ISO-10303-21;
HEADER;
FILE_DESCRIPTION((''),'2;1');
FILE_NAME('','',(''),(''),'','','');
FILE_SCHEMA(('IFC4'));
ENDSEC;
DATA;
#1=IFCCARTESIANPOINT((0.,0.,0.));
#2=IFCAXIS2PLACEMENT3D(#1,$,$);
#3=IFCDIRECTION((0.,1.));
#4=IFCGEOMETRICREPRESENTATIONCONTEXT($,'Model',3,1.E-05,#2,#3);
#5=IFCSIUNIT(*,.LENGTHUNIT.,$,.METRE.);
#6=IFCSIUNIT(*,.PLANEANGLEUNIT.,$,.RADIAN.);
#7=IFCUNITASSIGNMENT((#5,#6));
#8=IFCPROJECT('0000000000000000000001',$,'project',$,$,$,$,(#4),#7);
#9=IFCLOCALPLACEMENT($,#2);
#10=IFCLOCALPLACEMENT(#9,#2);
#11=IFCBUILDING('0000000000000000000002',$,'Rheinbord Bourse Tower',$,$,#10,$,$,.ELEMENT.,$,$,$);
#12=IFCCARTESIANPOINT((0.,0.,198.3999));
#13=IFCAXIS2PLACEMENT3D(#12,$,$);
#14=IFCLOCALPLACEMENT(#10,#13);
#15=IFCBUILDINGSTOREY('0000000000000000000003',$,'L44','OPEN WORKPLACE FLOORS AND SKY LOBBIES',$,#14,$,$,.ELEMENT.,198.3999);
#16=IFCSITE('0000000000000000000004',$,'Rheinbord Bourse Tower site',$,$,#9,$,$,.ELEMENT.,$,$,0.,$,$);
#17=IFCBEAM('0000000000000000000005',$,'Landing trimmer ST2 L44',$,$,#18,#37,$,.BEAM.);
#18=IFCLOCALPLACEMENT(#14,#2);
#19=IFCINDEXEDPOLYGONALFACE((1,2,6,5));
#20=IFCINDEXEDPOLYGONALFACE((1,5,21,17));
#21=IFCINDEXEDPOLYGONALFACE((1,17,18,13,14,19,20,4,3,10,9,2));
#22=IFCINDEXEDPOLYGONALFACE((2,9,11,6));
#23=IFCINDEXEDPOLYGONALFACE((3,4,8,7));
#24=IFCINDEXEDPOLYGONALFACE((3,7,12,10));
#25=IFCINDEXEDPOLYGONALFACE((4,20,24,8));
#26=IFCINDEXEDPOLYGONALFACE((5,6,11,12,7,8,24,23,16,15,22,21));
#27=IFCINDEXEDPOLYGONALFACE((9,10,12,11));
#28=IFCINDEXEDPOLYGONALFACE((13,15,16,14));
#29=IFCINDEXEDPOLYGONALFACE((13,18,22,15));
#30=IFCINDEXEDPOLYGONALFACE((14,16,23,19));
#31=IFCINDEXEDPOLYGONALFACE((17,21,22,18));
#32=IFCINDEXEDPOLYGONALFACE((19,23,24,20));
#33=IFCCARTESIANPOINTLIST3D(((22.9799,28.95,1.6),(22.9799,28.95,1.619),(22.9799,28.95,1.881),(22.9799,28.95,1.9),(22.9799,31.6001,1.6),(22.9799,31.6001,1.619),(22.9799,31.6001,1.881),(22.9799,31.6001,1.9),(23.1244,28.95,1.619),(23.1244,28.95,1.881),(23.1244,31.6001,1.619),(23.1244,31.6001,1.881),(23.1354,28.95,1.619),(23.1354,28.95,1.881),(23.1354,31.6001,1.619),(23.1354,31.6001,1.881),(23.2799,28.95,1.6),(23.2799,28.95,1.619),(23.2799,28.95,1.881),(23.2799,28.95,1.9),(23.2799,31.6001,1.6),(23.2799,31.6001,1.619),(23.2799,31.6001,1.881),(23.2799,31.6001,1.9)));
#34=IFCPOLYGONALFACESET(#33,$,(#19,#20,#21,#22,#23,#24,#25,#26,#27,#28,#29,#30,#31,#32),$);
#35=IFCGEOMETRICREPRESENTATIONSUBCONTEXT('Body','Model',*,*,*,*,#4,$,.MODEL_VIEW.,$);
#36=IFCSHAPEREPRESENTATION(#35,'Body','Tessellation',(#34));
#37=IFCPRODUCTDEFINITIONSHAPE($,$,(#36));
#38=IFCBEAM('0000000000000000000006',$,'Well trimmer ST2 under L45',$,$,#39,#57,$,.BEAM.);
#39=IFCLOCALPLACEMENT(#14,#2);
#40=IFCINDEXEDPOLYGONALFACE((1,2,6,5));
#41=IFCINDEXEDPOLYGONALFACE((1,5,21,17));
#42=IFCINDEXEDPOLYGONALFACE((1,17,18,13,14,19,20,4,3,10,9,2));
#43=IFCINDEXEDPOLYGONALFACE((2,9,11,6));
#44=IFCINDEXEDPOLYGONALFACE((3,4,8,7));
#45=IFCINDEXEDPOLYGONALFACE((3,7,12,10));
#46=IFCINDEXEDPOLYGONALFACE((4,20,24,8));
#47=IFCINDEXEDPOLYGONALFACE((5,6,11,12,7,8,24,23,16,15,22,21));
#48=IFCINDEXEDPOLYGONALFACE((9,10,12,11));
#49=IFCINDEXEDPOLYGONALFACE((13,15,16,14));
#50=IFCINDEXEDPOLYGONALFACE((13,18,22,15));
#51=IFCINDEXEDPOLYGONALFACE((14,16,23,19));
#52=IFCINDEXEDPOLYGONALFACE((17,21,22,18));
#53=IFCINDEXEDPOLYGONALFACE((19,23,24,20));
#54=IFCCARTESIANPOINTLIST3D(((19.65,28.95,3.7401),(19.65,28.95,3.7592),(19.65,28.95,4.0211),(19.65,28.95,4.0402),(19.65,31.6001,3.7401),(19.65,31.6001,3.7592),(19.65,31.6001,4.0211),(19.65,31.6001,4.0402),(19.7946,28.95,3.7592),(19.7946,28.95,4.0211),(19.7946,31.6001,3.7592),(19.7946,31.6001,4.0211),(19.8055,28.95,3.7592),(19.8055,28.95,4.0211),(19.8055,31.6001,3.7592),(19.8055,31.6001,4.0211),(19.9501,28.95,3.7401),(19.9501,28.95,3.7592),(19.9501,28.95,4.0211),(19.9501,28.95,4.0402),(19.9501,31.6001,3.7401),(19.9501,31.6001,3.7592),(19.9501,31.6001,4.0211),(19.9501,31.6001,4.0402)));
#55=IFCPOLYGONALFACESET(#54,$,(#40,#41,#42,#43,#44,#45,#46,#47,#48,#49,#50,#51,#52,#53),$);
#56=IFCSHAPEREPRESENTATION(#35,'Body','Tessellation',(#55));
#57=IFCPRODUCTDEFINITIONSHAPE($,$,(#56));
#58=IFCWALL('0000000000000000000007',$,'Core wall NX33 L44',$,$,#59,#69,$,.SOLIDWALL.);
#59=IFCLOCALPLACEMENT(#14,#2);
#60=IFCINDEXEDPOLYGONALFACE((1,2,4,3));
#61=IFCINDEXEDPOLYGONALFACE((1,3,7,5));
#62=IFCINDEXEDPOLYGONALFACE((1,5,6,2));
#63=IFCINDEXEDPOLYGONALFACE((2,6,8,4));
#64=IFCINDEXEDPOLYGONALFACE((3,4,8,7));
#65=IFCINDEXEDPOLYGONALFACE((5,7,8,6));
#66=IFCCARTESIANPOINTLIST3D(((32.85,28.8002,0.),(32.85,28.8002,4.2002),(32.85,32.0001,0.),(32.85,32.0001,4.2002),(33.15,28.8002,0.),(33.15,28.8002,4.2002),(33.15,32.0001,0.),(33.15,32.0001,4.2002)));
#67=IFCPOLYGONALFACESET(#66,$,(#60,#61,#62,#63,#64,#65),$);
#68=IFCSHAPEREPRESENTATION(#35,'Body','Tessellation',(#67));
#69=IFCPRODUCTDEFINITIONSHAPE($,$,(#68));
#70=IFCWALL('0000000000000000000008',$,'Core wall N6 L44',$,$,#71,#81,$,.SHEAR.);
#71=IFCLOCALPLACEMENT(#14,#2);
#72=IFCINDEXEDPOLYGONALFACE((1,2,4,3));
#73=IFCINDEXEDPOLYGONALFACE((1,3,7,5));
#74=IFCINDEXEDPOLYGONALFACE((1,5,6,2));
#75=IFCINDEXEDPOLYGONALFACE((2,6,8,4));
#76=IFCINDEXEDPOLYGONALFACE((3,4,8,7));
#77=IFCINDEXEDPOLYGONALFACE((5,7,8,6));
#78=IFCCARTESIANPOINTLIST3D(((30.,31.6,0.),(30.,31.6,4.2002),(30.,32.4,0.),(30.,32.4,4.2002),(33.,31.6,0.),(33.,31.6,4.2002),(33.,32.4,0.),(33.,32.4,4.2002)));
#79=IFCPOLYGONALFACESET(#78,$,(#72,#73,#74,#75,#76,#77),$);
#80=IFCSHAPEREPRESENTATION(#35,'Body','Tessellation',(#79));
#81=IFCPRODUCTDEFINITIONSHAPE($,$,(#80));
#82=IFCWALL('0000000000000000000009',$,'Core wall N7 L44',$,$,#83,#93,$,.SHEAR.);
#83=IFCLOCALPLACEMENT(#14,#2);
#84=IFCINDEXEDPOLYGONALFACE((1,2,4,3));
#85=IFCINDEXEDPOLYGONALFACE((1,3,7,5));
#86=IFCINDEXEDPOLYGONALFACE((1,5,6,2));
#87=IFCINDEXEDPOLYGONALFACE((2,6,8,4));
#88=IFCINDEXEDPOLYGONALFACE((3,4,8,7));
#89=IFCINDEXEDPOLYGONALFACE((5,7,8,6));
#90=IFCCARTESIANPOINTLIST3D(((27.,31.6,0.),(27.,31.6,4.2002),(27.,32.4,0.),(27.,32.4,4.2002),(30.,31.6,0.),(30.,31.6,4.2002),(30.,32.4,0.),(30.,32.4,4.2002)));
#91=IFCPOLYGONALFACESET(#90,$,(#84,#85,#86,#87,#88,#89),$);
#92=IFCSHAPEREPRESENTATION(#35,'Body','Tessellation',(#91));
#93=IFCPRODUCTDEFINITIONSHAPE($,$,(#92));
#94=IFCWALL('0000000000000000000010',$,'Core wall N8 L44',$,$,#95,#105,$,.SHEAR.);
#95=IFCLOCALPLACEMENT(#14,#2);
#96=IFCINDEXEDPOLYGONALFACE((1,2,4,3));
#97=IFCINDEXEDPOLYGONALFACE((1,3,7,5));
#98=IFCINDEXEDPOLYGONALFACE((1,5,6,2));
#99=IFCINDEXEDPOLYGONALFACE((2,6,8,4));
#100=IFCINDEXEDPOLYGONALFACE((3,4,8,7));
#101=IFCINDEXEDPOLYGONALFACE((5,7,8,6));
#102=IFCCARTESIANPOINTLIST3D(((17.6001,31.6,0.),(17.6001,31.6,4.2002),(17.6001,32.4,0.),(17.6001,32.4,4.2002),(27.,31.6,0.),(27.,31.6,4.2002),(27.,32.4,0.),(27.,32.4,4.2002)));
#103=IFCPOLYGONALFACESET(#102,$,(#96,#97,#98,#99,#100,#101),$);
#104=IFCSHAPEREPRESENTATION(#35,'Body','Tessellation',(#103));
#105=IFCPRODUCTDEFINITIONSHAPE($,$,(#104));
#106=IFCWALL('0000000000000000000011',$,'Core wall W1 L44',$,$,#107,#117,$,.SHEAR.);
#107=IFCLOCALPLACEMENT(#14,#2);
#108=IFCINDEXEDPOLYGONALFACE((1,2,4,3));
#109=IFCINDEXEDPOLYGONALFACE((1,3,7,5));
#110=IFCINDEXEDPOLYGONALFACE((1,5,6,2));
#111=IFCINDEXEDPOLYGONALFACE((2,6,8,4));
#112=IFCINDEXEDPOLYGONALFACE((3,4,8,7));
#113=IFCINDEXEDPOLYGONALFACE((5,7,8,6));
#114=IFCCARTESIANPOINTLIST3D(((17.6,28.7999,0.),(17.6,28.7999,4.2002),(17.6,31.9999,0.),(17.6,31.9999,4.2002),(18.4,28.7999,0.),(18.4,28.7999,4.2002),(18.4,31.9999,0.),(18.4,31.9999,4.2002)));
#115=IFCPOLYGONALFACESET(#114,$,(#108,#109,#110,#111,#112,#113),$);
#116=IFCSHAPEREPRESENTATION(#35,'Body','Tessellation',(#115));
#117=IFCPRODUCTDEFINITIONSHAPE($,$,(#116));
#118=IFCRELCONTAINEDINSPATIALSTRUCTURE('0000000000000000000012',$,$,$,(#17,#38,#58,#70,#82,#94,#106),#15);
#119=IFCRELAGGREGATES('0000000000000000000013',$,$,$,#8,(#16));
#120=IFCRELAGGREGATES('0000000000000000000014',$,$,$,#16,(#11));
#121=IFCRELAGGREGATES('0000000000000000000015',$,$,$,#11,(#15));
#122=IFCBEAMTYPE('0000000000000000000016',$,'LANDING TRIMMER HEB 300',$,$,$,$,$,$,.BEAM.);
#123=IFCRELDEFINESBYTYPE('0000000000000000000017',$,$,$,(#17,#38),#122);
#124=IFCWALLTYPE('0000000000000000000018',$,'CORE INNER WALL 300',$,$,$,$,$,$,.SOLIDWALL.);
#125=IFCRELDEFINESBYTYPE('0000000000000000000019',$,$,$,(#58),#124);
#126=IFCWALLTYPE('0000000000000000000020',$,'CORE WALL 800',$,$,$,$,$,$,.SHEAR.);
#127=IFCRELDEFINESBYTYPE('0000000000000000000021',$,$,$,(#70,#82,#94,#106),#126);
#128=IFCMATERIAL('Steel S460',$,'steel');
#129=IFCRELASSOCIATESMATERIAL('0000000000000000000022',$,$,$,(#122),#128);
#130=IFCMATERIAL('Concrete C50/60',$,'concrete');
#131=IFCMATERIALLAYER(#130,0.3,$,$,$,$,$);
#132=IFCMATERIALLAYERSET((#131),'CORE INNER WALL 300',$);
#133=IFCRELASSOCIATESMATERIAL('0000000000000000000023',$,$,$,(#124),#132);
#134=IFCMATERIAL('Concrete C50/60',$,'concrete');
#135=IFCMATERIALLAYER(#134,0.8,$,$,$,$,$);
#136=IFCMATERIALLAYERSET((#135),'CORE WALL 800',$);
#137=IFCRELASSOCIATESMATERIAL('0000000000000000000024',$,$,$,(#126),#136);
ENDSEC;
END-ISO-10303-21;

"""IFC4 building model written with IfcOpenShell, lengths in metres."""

from ifc_helpers import new_model, si_unit, direction, frame, frame_2d, origin, origin_2d, place, context, subcontext, project, spatial, rectangle, i_section, extrude, material, layer, layer_set, material_profile, profile_set, type_object, element, save


model = new_model("IFC4")

# Units and contexts
model_context = context("Model", 3, precision=1e-05, world=origin(), true_north=direction((0.0, 1.0)))
body_context = subcontext(model_context, "Body", "Model", "MODEL_VIEW")
ifc_project = project(units=[si_unit("LENGTHUNIT", "METRE"), si_unit("PLANEANGLEUNIT", "RADIAN")], contexts=[model_context])

# Site, building, storey
site_placement = place(None, origin())
site = spatial("IfcSite", under=ifc_project, at=site_placement, Name="Rheinbord Bourse Tower site", CompositionType="ELEMENT", RefElevation=0.0)
building_placement = place(site_placement, origin())
building = spatial("IfcBuilding", under=site, at=building_placement, Name="Rheinbord Bourse Tower", CompositionType="ELEMENT")
storey_placement = place(building_placement, frame((0.0, 0.0, 198.3999)))
storey = spatial("IfcBuildingStorey", under=building, at=storey_placement, Name="L44", Description="OPEN WORKPLACE FLOORS AND SKY LOBBIES", CompositionType="ELEMENT", Elevation=198.3999)

# Beams
ifc_material_1 = material(Name="Steel S460", Category="steel")
ifc_material_profile = material_profile(ifc_material_1, i_section(OverallWidth=0.3, OverallDepth=0.3, WebThickness=0.011, FlangeThickness=0.019, at=origin_2d()), Name="HEB 300")
ifc_profile_set = profile_set([ifc_material_profile], Name="Steel S460")
beam_type = type_object("IfcBeamType", Name="LANDING TRIMMER HEB 300", PredefinedType="BEAM", material=ifc_profile_set)
for number, where, z_axis, x_axis, name in (
    (1, (23.1299, 28.95, 1.75), (0.0, 1.0, 0.0), (-1.0, 0.0, 0.0), "Landing trimmer ST2 L44"),
    (2, (19.8, 28.95, 3.8901), (0.0, 1.0, 0.0), (-1.0, 0.0, 0.0), "Well trimmer ST2 under L45"),
):
    element("IfcBeam", number, at=place(storey_placement, frame(where, z_axis=z_axis, x_axis=x_axis)), inside=storey, type_object=beam_type, Name=name, PredefinedType="BEAM", context=body_context, shape_type="SweptSolid", body=[
        extrude(i_section(OverallWidth=0.3, OverallDepth=0.3, WebThickness=0.011, FlangeThickness=0.019, at=origin_2d()), origin(), (0.0, 0.0, 1.0), 2.6501),
    ])

# Walls
ifc_material_2 = material(Name="Concrete C50/60", Category="concrete")
ifc_layer_1 = layer(ifc_material_2, 0.3)
ifc_layer_set_1 = layer_set([ifc_layer_1], Name="CORE INNER WALL 300")
wall_type_1 = type_object("IfcWallType", Name="CORE INNER WALL 300", PredefinedType="SOLIDWALL", material=ifc_layer_set_1)
wall_1_placement = place(storey_placement, frame((33.0, 28.8, 0.0), z_axis=(0.0, 0.0, 1.0), x_axis=(0.0, 1.0, 0.0)))
element("IfcWall", 3, at=wall_1_placement, inside=storey, type_object=wall_type_1, Name="Core wall NX33 L44", PredefinedType="SOLIDWALL", context=body_context, shape_type="SweptSolid", body=[
    extrude(rectangle(XDim=3.2, YDim=0.3, at=frame_2d((1.6001, 0.0))), origin(), (0.0, 0.0, 1.0), 4.2002),
])
ifc_material_3 = material(Name="Concrete C50/60", Category="concrete")
ifc_layer_2 = layer(ifc_material_3, 0.8)
ifc_layer_set_2 = layer_set([ifc_layer_2], Name="CORE WALL 800")
wall_type_2 = type_object("IfcWallType", Name="CORE WALL 800", PredefinedType="SHEAR", material=ifc_layer_set_2)
for number, where, z_axis, x_axis, name in (
    (4, (33.0, 32.0, 0.0), (0.0, 0.0, 1.0), (-1.0, 0.0, 0.0), "Core wall N6 L44"),
    (5, (30.0, 32.0, 0.0), (0.0, 0.0, 1.0), (-1.0, 0.0, 0.0), "Core wall N7 L44"),
):
    element("IfcWall", number, at=place(storey_placement, frame(where, z_axis=z_axis, x_axis=x_axis)), inside=storey, type_object=wall_type_2, Name=name, PredefinedType="SHEAR", context=body_context, shape_type="SweptSolid", body=[
        extrude(rectangle(XDim=3.0, YDim=0.8, at=frame_2d((1.5, 0.0))), origin(), (0.0, 0.0, 1.0), 4.2002),
    ])
wall_2_placement = place(storey_placement, frame((27.0, 32.0, 0.0), z_axis=(0.0, 0.0, 1.0), x_axis=(-1.0, 0.0, 0.0)))
element("IfcWall", 6, at=wall_2_placement, inside=storey, type_object=wall_type_2, Name="Core wall N8 L44", PredefinedType="SHEAR", context=body_context, shape_type="SweptSolid", body=[
    extrude(rectangle(XDim=9.3999, YDim=0.8, at=frame_2d((4.7, 0.0))), origin(), (0.0, 0.0, 1.0), 4.2002),
])
wall_3_placement = place(storey_placement, frame((18.0, 32.0, 0.0), z_axis=(0.0, 0.0, 1.0), x_axis=(0.0, -1.0, 0.0)))
element("IfcWall", 7, at=wall_3_placement, inside=storey, type_object=wall_type_2, Name="Core wall W1 L44", PredefinedType="SHEAR", context=body_context, shape_type="SweptSolid", body=[
    extrude(rectangle(XDim=3.2, YDim=0.8, at=frame_2d((1.6001, 0.0))), origin(), (0.0, 0.0, 1.0), 4.2002),
])

save(model, "model.ifc")
